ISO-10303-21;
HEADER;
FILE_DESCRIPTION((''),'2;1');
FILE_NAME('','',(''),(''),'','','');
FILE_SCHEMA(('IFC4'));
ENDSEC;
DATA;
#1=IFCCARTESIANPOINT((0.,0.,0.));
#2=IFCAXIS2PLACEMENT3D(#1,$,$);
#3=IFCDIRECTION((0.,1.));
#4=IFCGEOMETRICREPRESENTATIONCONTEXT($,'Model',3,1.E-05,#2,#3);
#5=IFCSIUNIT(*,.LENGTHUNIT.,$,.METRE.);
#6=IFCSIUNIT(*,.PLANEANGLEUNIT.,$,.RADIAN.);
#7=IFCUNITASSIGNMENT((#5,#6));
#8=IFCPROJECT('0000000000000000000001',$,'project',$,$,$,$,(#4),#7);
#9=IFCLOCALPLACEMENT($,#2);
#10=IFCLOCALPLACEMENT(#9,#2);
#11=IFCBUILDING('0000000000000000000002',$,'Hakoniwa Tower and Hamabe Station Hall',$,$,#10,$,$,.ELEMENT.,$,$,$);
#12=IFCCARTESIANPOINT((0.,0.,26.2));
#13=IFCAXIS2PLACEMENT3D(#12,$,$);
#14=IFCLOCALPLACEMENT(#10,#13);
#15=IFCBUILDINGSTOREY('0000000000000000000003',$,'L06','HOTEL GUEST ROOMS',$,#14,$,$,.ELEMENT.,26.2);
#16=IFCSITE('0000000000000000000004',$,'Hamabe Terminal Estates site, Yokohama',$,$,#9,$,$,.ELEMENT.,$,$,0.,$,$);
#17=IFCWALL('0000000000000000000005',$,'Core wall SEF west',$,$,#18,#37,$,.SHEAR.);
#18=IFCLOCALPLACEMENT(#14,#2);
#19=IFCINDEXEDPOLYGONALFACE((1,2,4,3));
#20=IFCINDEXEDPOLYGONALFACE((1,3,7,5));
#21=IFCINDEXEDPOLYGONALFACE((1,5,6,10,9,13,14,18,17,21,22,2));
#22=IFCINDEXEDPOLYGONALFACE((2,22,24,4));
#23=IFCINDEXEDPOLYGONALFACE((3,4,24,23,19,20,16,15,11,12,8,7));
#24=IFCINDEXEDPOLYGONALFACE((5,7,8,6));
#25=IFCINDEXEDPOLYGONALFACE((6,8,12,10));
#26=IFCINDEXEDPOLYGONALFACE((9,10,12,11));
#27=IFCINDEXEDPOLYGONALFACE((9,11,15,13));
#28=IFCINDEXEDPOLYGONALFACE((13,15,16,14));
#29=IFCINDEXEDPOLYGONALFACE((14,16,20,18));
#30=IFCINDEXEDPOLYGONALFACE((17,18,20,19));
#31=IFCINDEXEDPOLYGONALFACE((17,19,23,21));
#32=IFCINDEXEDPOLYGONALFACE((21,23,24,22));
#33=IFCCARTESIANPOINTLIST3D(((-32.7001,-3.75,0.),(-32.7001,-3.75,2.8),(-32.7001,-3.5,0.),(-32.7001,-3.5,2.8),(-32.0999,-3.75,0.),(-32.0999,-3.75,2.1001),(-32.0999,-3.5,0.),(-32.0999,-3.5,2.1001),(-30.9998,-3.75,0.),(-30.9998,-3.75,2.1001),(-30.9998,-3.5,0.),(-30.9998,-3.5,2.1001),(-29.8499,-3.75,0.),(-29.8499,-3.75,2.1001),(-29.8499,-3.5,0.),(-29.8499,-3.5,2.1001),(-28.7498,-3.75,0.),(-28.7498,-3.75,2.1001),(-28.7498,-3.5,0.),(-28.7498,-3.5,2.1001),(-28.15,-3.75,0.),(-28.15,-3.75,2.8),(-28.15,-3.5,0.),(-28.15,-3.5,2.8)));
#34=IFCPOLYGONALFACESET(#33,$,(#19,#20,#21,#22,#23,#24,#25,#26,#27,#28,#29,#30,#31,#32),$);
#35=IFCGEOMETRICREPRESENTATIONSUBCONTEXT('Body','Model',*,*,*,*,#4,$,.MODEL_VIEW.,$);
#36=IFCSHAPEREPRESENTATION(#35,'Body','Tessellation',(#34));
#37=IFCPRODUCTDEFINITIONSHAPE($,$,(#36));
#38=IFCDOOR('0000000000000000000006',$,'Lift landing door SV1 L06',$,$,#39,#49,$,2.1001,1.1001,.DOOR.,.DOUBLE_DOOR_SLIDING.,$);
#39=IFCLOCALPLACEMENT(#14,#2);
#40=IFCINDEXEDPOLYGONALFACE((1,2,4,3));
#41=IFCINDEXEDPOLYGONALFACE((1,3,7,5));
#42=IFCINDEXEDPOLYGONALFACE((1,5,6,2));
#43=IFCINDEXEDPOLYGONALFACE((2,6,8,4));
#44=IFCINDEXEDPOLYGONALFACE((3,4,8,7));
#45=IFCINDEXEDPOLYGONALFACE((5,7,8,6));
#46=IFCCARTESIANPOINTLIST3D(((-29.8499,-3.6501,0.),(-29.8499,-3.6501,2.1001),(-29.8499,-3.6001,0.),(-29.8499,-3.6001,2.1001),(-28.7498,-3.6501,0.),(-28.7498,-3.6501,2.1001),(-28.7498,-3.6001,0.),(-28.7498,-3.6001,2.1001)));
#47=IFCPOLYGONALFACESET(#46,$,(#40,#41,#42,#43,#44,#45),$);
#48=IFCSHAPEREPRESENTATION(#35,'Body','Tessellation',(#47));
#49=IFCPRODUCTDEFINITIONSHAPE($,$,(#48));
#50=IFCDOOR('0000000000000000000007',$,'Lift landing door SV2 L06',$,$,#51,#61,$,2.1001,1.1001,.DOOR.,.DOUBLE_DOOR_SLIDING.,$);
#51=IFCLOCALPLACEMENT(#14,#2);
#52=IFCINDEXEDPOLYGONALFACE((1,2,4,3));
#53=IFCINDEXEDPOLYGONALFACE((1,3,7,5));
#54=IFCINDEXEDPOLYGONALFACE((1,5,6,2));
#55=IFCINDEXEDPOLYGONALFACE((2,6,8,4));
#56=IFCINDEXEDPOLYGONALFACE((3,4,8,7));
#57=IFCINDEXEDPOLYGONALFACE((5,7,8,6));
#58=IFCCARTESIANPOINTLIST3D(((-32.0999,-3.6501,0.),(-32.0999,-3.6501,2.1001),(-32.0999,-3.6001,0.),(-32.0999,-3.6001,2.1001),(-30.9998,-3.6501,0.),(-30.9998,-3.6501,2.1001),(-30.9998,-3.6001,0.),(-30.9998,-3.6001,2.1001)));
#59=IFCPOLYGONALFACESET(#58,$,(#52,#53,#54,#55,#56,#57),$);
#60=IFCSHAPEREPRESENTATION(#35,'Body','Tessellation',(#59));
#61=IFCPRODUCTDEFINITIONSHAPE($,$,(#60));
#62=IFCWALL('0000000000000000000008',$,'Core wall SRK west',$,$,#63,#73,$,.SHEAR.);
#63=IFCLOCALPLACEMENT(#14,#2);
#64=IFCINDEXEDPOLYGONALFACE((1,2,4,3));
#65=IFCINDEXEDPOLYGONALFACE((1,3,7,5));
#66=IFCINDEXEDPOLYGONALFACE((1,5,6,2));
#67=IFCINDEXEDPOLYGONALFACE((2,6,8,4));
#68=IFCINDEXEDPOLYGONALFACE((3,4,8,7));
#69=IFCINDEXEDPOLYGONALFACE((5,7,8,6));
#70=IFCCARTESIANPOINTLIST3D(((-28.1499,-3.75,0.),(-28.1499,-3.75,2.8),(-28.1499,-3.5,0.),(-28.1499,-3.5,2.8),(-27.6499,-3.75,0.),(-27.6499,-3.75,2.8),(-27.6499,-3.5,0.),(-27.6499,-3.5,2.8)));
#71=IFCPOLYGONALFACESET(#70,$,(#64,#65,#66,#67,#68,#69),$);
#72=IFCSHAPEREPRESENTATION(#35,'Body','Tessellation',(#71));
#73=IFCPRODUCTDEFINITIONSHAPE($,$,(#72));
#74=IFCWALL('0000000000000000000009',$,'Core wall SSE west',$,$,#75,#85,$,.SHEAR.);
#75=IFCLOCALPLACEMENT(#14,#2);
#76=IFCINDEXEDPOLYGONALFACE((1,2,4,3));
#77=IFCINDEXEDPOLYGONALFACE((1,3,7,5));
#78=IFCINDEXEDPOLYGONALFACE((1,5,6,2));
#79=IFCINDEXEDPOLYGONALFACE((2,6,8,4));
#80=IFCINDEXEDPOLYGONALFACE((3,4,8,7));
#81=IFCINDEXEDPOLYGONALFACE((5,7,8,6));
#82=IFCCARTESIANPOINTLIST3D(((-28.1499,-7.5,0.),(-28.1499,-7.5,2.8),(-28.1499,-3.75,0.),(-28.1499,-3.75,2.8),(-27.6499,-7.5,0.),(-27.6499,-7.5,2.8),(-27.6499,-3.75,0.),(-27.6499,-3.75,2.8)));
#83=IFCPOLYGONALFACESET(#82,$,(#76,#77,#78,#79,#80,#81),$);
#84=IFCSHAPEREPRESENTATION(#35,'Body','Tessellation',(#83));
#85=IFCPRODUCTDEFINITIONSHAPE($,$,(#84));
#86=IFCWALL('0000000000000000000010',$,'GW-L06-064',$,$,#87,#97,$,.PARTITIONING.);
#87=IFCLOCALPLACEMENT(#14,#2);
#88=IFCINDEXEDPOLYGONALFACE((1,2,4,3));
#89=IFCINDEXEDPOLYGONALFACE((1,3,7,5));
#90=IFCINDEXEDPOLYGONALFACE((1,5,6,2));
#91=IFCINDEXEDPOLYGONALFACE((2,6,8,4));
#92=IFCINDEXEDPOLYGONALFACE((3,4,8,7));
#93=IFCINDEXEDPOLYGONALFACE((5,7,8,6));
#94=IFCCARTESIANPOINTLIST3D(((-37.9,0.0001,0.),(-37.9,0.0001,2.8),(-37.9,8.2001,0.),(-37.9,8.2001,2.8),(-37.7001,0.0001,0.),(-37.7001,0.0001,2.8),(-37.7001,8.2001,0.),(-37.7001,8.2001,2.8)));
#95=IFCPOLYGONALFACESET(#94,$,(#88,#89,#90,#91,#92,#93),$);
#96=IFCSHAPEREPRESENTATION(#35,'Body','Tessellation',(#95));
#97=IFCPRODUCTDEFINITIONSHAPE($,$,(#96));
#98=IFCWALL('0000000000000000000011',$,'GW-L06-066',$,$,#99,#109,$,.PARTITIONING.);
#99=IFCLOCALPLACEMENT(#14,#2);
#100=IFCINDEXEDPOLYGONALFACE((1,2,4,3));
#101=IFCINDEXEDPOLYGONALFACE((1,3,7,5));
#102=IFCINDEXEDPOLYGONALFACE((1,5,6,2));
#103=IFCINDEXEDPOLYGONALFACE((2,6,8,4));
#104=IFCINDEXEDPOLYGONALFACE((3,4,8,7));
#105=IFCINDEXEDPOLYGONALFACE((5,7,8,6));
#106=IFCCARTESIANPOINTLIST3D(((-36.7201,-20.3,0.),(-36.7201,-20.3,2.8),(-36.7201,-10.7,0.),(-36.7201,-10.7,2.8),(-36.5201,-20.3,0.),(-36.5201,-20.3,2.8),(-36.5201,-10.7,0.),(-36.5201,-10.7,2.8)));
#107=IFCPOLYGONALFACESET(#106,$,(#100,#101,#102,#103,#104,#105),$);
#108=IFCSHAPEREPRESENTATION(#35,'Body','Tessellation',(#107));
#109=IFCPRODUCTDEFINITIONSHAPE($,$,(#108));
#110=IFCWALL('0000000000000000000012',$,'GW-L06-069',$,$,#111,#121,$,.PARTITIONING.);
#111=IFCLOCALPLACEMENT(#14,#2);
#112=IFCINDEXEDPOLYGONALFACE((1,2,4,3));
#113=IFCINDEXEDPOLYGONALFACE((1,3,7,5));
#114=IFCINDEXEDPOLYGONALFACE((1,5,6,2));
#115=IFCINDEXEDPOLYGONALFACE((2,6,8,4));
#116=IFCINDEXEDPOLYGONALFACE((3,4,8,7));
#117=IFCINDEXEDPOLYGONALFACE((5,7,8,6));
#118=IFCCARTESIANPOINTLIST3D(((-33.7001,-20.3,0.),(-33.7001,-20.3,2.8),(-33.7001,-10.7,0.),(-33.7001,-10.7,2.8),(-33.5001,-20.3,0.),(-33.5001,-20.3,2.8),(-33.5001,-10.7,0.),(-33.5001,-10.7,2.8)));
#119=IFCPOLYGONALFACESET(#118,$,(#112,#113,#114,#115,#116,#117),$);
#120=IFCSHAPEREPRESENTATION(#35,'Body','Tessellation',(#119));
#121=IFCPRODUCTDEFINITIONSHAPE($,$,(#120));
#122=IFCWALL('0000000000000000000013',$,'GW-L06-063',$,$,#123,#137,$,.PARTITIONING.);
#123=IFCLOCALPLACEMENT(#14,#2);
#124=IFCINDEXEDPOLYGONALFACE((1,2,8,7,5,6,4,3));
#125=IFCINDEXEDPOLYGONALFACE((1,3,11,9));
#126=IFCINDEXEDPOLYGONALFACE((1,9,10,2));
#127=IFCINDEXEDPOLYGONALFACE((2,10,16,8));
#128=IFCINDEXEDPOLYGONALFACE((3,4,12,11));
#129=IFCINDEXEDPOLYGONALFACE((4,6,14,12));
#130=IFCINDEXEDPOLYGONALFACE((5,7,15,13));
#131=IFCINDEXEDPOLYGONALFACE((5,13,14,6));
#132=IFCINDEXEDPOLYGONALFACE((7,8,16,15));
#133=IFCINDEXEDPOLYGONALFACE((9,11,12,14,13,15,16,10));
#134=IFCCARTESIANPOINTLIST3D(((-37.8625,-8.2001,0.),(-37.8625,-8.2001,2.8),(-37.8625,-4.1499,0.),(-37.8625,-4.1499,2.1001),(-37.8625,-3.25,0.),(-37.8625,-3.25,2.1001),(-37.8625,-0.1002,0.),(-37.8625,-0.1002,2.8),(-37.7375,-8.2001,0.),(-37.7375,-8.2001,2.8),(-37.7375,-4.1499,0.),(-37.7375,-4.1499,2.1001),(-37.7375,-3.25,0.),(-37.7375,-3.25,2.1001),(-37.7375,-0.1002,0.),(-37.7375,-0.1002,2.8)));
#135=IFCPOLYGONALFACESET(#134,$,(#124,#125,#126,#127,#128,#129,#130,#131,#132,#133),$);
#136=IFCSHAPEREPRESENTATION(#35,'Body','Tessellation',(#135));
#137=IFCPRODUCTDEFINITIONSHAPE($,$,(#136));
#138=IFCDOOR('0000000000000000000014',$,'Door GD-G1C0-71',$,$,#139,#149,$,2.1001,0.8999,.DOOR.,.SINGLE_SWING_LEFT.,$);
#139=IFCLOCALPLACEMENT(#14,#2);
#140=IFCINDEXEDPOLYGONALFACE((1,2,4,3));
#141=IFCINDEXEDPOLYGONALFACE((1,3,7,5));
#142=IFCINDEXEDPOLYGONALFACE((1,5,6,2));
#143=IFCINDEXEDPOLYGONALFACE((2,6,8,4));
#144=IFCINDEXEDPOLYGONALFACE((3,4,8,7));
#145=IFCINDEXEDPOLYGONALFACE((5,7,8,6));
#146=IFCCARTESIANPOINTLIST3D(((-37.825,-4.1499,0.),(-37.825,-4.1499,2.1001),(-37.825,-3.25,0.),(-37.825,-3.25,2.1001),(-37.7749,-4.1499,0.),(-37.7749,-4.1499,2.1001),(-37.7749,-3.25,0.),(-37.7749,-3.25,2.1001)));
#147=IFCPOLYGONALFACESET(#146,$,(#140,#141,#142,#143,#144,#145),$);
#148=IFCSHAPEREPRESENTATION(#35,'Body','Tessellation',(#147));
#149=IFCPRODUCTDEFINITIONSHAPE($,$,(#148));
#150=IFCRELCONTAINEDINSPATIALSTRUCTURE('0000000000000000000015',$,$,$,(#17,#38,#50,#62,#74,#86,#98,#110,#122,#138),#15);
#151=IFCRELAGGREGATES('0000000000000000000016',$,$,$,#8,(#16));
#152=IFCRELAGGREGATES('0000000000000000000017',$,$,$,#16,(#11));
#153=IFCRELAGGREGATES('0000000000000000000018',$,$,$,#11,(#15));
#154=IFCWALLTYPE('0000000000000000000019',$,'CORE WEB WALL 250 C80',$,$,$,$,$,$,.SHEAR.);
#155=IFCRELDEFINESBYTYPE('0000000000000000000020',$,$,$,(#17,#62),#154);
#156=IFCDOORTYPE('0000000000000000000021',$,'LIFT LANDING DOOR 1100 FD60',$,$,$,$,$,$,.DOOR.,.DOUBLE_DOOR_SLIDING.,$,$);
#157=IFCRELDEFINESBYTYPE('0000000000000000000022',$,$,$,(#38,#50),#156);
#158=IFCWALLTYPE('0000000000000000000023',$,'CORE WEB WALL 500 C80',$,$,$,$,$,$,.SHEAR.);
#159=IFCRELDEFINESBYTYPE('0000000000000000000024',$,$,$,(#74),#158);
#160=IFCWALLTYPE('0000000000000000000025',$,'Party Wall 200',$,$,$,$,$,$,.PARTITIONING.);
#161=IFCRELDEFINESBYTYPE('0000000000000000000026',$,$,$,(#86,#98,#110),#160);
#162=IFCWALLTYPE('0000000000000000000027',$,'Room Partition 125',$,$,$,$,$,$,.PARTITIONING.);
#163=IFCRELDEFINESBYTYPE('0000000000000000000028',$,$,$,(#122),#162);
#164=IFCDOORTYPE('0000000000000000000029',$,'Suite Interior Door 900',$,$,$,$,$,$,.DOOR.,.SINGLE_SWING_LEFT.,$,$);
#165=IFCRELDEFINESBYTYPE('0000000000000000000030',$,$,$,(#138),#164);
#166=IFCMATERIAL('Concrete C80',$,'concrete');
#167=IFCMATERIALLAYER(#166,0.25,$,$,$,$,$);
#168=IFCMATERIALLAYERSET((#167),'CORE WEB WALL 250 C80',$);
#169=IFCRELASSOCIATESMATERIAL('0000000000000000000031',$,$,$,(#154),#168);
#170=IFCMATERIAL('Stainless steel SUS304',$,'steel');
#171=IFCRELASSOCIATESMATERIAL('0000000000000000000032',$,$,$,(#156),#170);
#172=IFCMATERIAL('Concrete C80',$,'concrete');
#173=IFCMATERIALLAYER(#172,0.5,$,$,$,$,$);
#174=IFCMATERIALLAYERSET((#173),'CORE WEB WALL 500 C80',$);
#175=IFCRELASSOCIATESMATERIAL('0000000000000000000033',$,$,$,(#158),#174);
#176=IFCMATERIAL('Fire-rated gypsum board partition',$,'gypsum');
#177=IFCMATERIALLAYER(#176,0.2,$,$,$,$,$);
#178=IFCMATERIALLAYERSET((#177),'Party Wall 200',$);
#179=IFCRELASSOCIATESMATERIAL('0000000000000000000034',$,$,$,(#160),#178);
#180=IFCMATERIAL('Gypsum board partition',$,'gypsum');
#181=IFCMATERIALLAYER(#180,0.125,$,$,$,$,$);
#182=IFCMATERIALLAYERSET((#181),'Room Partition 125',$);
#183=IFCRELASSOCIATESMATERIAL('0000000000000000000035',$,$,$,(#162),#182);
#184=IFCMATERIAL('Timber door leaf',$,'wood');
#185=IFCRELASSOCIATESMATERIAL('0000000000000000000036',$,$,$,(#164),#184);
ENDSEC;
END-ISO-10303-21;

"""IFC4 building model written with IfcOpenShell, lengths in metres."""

from ifc_helpers import new_model, si_unit, direction, frame, frame_2d, origin, place, context, subcontext, project, spatial, rectangle, extrude, material, layer, layer_set, type_object, element, fill, save


model = new_model("IFC4")

# Units and contexts
model_context = context("Model", 3, precision=1e-05, world=origin(), true_north=direction((0.0, 1.0)))
body_context = subcontext(model_context, "Body", "Model", "MODEL_VIEW")
ifc_project = project(units=[si_unit("LENGTHUNIT", "METRE"), si_unit("PLANEANGLEUNIT", "RADIAN")], contexts=[model_context])

# Site, building, storey
site_placement = place(None, origin())
site = spatial("IfcSite", under=ifc_project, at=site_placement, Name="Hamabe Terminal Estates site, Yokohama", CompositionType="ELEMENT", RefElevation=0.0)
building_placement = place(site_placement, origin())
building = spatial("IfcBuilding", under=site, at=building_placement, Name="Hakoniwa Tower and Hamabe Station Hall", CompositionType="ELEMENT")
storey_placement = place(building_placement, frame((0.0, 0.0, 26.2)))
storey = spatial("IfcBuildingStorey", under=building, at=storey_placement, Name="L06", Description="HOTEL GUEST ROOMS", CompositionType="ELEMENT", Elevation=26.2)

# Shared definitions
ifc_material_1 = material(Name="Concrete C80", Category="concrete")
ifc_layer_1 = layer(ifc_material_1, 0.25)
ifc_layer_set_1 = layer_set([ifc_layer_1], Name="CORE WEB WALL 250 C80")
wall_type_1 = type_object("IfcWallType", Name="CORE WEB WALL 250 C80", PredefinedType="SHEAR", material=ifc_layer_set_1)
ifc_material_2 = material(Name="Stainless steel SUS304", Category="steel")
door_type_1 = type_object("IfcDoorType", Name="LIFT LANDING DOOR 1100 FD60", OperationType="DOUBLE_DOOR_SLIDING", PredefinedType="DOOR", material=ifc_material_2)

# Wall, openings, doors
wall_1_placement = place(storey_placement, frame((-32.7, -3.625, 0.0), z_axis=(0.0, 0.0, 1.0), x_axis=(1.0, 0.0, 0.0)))
wall_1 = element("IfcWall", 1, at=wall_1_placement, inside=storey, type_object=wall_type_1, Name="Core wall SEF west", PredefinedType="SHEAR", context=body_context, shape_type="SweptSolid", body=[
    extrude(rectangle(XDim=4.55, YDim=0.25, at=frame_2d((2.2749, 0.0))), origin(), (0.0, 0.0, 1.0), 2.8),
])
opening_1_placement = place(wall_1_placement, frame((2.8501, 0.0, 0.0)))
opening_1 = element("IfcOpeningElement", 2, at=opening_1_placement, cuts=wall_1, PredefinedType="OPENING", context=body_context, shape_type="SweptSolid", body=[
    extrude(rectangle(XDim=1.1001, YDim=2.1001, at=frame_2d((0.55, 1.05))), frame((0.0, 0.135, 0.0), z_axis=(0.0, -1.0, 0.0), x_axis=(1.0, 0.0, 0.0)), (0.0, 0.0, 1.0), 0.27),
])
opening_2_placement = place(wall_1_placement, frame((0.6001, 0.0, 0.0)))
opening_2 = element("IfcOpeningElement", 3, at=opening_2_placement, cuts=wall_1, PredefinedType="OPENING", context=body_context, shape_type="SweptSolid", body=[
    extrude(rectangle(XDim=1.1001, YDim=2.1001, at=frame_2d((0.55, 1.05))), frame((0.0, 0.135, 0.0), z_axis=(0.0, -1.0, 0.0), x_axis=(1.0, 0.0, 0.0)), (0.0, 0.0, 1.0), 0.27),
])
door_1_placement = place(opening_1_placement, origin())
door_1 = element("IfcDoor", 4, at=door_1_placement, inside=storey, type_object=door_type_1, Name="Lift landing door SV1 L06", OperationType="DOUBLE_DOOR_SLIDING", OverallHeight=2.1001, OverallWidth=1.1001, PredefinedType="DOOR", context=body_context, shape_type="SweptSolid", body=[
    extrude(rectangle(XDim=1.1001, YDim=2.1001, at=frame_2d((0.55, 1.05))), frame((0.0, 0.0249, 0.0), z_axis=(0.0, -1.0, 0.0), x_axis=(1.0, 0.0, 0.0)), (0.0, 0.0, 1.0), 0.05),
])
fill(opening_1, door_1)
door_2_placement = place(opening_2_placement, origin())
door_2 = element("IfcDoor", 5, at=door_2_placement, inside=storey, type_object=door_type_1, Name="Lift landing door SV2 L06", OperationType="DOUBLE_DOOR_SLIDING", OverallHeight=2.1001, OverallWidth=1.1001, PredefinedType="DOOR", context=body_context, shape_type="SweptSolid", body=[
    extrude(rectangle(XDim=1.1001, YDim=2.1001, at=frame_2d((0.55, 1.05))), frame((0.0, 0.0249, 0.0), z_axis=(0.0, -1.0, 0.0), x_axis=(1.0, 0.0, 0.0)), (0.0, 0.0, 1.0), 0.05),
])
fill(opening_2, door_2)

# Walls
wall_2_placement = place(storey_placement, frame((-28.1499, -3.625, 0.0), z_axis=(0.0, 0.0, 1.0), x_axis=(1.0, 0.0, 0.0)))
element("IfcWall", 6, at=wall_2_placement, inside=storey, type_object=wall_type_1, Name="Core wall SRK west", PredefinedType="SHEAR", context=body_context, shape_type="SweptSolid", body=[
    extrude(rectangle(XDim=0.5, YDim=0.25, at=frame_2d((0.25, 0.0))), origin(), (0.0, 0.0, 1.0), 2.8),
])
ifc_material_3 = material(Name="Concrete C80", Category="concrete")
ifc_layer_2 = layer(ifc_material_3, 0.5)
ifc_layer_set_2 = layer_set([ifc_layer_2], Name="CORE WEB WALL 500 C80")
wall_type_2 = type_object("IfcWallType", Name="CORE WEB WALL 500 C80", PredefinedType="SHEAR", material=ifc_layer_set_2)
wall_3_placement = place(storey_placement, frame((-27.8999, -7.5, 0.0), z_axis=(0.0, 0.0, 1.0), x_axis=(0.0, 1.0, 0.0)))
element("IfcWall", 7, at=wall_3_placement, inside=storey, type_object=wall_type_2, Name="Core wall SSE west", PredefinedType="SHEAR", context=body_context, shape_type="SweptSolid", body=[
    extrude(rectangle(XDim=3.75, YDim=0.5, at=frame_2d((1.875, 0.0))), origin(), (0.0, 0.0, 1.0), 2.8),
])
ifc_material_4 = material(Name="Fire-rated gypsum board partition", Category="gypsum")
ifc_layer_3 = layer(ifc_material_4, 0.2)
ifc_layer_set_3 = layer_set([ifc_layer_3], Name="Party Wall 200")
wall_type_3 = type_object("IfcWallType", Name="Party Wall 200", PredefinedType="PARTITIONING", material=ifc_layer_set_3)
wall_4_placement = place(storey_placement, frame((-37.8, 0.0, 0.0), z_axis=(0.0, 0.0, 1.0), x_axis=(0.0, 1.0, 0.0)))
element("IfcWall", 8, at=wall_4_placement, inside=storey, type_object=wall_type_3, Name="GW-L06-064", PredefinedType="PARTITIONING", context=body_context, shape_type="SweptSolid", body=[
    extrude(rectangle(XDim=8.2, YDim=0.2, at=frame_2d((4.1001, 0.0))), origin(), (0.0, 0.0, 1.0), 2.8),
])
for number, where, z_axis, x_axis, name in (
    (9, (-36.6201, -20.3, 0.0), (0.0, 0.0, 1.0), (0.0, 1.0, 0.0), "GW-L06-066"),
    (10, (-33.6001, -20.3, 0.0), (0.0, 0.0, 1.0), (0.0, 1.0, 0.0), "GW-L06-069"),
):
    element("IfcWall", number, at=place(storey_placement, frame(where, z_axis=z_axis, x_axis=x_axis)), inside=storey, type_object=wall_type_3, Name=name, PredefinedType="PARTITIONING", context=body_context, shape_type="SweptSolid", body=[
        extrude(rectangle(XDim=9.6001, YDim=0.2, at=frame_2d((4.8, 0.0))), origin(), (0.0, 0.0, 1.0), 2.8),
    ])

# Wall, opening, door
ifc_material_5 = material(Name="Gypsum board partition", Category="gypsum")
ifc_layer_4 = layer(ifc_material_5, 0.125)
ifc_layer_set_4 = layer_set([ifc_layer_4], Name="Room Partition 125")
wall_type_4 = type_object("IfcWallType", Name="Room Partition 125", PredefinedType="PARTITIONING", material=ifc_layer_set_4)
wall_5_placement = place(storey_placement, frame((-37.8, -8.2, 0.0), z_axis=(0.0, 0.0, 1.0), x_axis=(0.0, 1.0, 0.0)))
wall_5 = element("IfcWall", 11, at=wall_5_placement, inside=storey, type_object=wall_type_4, Name="GW-L06-063", PredefinedType="PARTITIONING", context=body_context, shape_type="SweptSolid", body=[
    extrude(rectangle(XDim=8.0999, YDim=0.125, at=frame_2d((4.0498, 0.0))), origin(), (0.0, 0.0, 1.0), 2.8),
])
opening_3_placement = place(wall_5_placement, frame((4.05, 0.0, 0.0)))
opening_3 = element("IfcOpeningElement", 12, at=opening_3_placement, cuts=wall_5, PredefinedType="OPENING", context=body_context, shape_type="SweptSolid", body=[
    extrude(rectangle(XDim=0.8999, YDim=2.1001, at=frame_2d((0.45, 1.05))), frame((0.0, 0.0725, 0.0), z_axis=(0.0, -1.0, 0.0), x_axis=(1.0, 0.0, 0.0)), (0.0, 0.0, 1.0), 0.145),
])
ifc_material_6 = material(Name="Timber door leaf", Category="wood")
door_type_2 = type_object("IfcDoorType", Name="Suite Interior Door 900", OperationType="SINGLE_SWING_LEFT", PredefinedType="DOOR", material=ifc_material_6)
door_3_placement = place(opening_3_placement, origin())
door_3 = element("IfcDoor", 13, at=door_3_placement, inside=storey, type_object=door_type_2, Name="Door GD-G1C0-71", OperationType="SINGLE_SWING_LEFT", OverallHeight=2.1001, OverallWidth=0.8999, PredefinedType="DOOR", context=body_context, shape_type="SweptSolid", body=[
    extrude(rectangle(XDim=0.8999, YDim=2.1001, at=frame_2d((0.45, 1.05))), frame((0.0, 0.0249, 0.0), z_axis=(0.0, -1.0, 0.0), x_axis=(1.0, 0.0, 0.0)), (0.0, 0.0, 1.0), 0.05),
])
fill(opening_3, door_3)

save(model, "model.ifc")
